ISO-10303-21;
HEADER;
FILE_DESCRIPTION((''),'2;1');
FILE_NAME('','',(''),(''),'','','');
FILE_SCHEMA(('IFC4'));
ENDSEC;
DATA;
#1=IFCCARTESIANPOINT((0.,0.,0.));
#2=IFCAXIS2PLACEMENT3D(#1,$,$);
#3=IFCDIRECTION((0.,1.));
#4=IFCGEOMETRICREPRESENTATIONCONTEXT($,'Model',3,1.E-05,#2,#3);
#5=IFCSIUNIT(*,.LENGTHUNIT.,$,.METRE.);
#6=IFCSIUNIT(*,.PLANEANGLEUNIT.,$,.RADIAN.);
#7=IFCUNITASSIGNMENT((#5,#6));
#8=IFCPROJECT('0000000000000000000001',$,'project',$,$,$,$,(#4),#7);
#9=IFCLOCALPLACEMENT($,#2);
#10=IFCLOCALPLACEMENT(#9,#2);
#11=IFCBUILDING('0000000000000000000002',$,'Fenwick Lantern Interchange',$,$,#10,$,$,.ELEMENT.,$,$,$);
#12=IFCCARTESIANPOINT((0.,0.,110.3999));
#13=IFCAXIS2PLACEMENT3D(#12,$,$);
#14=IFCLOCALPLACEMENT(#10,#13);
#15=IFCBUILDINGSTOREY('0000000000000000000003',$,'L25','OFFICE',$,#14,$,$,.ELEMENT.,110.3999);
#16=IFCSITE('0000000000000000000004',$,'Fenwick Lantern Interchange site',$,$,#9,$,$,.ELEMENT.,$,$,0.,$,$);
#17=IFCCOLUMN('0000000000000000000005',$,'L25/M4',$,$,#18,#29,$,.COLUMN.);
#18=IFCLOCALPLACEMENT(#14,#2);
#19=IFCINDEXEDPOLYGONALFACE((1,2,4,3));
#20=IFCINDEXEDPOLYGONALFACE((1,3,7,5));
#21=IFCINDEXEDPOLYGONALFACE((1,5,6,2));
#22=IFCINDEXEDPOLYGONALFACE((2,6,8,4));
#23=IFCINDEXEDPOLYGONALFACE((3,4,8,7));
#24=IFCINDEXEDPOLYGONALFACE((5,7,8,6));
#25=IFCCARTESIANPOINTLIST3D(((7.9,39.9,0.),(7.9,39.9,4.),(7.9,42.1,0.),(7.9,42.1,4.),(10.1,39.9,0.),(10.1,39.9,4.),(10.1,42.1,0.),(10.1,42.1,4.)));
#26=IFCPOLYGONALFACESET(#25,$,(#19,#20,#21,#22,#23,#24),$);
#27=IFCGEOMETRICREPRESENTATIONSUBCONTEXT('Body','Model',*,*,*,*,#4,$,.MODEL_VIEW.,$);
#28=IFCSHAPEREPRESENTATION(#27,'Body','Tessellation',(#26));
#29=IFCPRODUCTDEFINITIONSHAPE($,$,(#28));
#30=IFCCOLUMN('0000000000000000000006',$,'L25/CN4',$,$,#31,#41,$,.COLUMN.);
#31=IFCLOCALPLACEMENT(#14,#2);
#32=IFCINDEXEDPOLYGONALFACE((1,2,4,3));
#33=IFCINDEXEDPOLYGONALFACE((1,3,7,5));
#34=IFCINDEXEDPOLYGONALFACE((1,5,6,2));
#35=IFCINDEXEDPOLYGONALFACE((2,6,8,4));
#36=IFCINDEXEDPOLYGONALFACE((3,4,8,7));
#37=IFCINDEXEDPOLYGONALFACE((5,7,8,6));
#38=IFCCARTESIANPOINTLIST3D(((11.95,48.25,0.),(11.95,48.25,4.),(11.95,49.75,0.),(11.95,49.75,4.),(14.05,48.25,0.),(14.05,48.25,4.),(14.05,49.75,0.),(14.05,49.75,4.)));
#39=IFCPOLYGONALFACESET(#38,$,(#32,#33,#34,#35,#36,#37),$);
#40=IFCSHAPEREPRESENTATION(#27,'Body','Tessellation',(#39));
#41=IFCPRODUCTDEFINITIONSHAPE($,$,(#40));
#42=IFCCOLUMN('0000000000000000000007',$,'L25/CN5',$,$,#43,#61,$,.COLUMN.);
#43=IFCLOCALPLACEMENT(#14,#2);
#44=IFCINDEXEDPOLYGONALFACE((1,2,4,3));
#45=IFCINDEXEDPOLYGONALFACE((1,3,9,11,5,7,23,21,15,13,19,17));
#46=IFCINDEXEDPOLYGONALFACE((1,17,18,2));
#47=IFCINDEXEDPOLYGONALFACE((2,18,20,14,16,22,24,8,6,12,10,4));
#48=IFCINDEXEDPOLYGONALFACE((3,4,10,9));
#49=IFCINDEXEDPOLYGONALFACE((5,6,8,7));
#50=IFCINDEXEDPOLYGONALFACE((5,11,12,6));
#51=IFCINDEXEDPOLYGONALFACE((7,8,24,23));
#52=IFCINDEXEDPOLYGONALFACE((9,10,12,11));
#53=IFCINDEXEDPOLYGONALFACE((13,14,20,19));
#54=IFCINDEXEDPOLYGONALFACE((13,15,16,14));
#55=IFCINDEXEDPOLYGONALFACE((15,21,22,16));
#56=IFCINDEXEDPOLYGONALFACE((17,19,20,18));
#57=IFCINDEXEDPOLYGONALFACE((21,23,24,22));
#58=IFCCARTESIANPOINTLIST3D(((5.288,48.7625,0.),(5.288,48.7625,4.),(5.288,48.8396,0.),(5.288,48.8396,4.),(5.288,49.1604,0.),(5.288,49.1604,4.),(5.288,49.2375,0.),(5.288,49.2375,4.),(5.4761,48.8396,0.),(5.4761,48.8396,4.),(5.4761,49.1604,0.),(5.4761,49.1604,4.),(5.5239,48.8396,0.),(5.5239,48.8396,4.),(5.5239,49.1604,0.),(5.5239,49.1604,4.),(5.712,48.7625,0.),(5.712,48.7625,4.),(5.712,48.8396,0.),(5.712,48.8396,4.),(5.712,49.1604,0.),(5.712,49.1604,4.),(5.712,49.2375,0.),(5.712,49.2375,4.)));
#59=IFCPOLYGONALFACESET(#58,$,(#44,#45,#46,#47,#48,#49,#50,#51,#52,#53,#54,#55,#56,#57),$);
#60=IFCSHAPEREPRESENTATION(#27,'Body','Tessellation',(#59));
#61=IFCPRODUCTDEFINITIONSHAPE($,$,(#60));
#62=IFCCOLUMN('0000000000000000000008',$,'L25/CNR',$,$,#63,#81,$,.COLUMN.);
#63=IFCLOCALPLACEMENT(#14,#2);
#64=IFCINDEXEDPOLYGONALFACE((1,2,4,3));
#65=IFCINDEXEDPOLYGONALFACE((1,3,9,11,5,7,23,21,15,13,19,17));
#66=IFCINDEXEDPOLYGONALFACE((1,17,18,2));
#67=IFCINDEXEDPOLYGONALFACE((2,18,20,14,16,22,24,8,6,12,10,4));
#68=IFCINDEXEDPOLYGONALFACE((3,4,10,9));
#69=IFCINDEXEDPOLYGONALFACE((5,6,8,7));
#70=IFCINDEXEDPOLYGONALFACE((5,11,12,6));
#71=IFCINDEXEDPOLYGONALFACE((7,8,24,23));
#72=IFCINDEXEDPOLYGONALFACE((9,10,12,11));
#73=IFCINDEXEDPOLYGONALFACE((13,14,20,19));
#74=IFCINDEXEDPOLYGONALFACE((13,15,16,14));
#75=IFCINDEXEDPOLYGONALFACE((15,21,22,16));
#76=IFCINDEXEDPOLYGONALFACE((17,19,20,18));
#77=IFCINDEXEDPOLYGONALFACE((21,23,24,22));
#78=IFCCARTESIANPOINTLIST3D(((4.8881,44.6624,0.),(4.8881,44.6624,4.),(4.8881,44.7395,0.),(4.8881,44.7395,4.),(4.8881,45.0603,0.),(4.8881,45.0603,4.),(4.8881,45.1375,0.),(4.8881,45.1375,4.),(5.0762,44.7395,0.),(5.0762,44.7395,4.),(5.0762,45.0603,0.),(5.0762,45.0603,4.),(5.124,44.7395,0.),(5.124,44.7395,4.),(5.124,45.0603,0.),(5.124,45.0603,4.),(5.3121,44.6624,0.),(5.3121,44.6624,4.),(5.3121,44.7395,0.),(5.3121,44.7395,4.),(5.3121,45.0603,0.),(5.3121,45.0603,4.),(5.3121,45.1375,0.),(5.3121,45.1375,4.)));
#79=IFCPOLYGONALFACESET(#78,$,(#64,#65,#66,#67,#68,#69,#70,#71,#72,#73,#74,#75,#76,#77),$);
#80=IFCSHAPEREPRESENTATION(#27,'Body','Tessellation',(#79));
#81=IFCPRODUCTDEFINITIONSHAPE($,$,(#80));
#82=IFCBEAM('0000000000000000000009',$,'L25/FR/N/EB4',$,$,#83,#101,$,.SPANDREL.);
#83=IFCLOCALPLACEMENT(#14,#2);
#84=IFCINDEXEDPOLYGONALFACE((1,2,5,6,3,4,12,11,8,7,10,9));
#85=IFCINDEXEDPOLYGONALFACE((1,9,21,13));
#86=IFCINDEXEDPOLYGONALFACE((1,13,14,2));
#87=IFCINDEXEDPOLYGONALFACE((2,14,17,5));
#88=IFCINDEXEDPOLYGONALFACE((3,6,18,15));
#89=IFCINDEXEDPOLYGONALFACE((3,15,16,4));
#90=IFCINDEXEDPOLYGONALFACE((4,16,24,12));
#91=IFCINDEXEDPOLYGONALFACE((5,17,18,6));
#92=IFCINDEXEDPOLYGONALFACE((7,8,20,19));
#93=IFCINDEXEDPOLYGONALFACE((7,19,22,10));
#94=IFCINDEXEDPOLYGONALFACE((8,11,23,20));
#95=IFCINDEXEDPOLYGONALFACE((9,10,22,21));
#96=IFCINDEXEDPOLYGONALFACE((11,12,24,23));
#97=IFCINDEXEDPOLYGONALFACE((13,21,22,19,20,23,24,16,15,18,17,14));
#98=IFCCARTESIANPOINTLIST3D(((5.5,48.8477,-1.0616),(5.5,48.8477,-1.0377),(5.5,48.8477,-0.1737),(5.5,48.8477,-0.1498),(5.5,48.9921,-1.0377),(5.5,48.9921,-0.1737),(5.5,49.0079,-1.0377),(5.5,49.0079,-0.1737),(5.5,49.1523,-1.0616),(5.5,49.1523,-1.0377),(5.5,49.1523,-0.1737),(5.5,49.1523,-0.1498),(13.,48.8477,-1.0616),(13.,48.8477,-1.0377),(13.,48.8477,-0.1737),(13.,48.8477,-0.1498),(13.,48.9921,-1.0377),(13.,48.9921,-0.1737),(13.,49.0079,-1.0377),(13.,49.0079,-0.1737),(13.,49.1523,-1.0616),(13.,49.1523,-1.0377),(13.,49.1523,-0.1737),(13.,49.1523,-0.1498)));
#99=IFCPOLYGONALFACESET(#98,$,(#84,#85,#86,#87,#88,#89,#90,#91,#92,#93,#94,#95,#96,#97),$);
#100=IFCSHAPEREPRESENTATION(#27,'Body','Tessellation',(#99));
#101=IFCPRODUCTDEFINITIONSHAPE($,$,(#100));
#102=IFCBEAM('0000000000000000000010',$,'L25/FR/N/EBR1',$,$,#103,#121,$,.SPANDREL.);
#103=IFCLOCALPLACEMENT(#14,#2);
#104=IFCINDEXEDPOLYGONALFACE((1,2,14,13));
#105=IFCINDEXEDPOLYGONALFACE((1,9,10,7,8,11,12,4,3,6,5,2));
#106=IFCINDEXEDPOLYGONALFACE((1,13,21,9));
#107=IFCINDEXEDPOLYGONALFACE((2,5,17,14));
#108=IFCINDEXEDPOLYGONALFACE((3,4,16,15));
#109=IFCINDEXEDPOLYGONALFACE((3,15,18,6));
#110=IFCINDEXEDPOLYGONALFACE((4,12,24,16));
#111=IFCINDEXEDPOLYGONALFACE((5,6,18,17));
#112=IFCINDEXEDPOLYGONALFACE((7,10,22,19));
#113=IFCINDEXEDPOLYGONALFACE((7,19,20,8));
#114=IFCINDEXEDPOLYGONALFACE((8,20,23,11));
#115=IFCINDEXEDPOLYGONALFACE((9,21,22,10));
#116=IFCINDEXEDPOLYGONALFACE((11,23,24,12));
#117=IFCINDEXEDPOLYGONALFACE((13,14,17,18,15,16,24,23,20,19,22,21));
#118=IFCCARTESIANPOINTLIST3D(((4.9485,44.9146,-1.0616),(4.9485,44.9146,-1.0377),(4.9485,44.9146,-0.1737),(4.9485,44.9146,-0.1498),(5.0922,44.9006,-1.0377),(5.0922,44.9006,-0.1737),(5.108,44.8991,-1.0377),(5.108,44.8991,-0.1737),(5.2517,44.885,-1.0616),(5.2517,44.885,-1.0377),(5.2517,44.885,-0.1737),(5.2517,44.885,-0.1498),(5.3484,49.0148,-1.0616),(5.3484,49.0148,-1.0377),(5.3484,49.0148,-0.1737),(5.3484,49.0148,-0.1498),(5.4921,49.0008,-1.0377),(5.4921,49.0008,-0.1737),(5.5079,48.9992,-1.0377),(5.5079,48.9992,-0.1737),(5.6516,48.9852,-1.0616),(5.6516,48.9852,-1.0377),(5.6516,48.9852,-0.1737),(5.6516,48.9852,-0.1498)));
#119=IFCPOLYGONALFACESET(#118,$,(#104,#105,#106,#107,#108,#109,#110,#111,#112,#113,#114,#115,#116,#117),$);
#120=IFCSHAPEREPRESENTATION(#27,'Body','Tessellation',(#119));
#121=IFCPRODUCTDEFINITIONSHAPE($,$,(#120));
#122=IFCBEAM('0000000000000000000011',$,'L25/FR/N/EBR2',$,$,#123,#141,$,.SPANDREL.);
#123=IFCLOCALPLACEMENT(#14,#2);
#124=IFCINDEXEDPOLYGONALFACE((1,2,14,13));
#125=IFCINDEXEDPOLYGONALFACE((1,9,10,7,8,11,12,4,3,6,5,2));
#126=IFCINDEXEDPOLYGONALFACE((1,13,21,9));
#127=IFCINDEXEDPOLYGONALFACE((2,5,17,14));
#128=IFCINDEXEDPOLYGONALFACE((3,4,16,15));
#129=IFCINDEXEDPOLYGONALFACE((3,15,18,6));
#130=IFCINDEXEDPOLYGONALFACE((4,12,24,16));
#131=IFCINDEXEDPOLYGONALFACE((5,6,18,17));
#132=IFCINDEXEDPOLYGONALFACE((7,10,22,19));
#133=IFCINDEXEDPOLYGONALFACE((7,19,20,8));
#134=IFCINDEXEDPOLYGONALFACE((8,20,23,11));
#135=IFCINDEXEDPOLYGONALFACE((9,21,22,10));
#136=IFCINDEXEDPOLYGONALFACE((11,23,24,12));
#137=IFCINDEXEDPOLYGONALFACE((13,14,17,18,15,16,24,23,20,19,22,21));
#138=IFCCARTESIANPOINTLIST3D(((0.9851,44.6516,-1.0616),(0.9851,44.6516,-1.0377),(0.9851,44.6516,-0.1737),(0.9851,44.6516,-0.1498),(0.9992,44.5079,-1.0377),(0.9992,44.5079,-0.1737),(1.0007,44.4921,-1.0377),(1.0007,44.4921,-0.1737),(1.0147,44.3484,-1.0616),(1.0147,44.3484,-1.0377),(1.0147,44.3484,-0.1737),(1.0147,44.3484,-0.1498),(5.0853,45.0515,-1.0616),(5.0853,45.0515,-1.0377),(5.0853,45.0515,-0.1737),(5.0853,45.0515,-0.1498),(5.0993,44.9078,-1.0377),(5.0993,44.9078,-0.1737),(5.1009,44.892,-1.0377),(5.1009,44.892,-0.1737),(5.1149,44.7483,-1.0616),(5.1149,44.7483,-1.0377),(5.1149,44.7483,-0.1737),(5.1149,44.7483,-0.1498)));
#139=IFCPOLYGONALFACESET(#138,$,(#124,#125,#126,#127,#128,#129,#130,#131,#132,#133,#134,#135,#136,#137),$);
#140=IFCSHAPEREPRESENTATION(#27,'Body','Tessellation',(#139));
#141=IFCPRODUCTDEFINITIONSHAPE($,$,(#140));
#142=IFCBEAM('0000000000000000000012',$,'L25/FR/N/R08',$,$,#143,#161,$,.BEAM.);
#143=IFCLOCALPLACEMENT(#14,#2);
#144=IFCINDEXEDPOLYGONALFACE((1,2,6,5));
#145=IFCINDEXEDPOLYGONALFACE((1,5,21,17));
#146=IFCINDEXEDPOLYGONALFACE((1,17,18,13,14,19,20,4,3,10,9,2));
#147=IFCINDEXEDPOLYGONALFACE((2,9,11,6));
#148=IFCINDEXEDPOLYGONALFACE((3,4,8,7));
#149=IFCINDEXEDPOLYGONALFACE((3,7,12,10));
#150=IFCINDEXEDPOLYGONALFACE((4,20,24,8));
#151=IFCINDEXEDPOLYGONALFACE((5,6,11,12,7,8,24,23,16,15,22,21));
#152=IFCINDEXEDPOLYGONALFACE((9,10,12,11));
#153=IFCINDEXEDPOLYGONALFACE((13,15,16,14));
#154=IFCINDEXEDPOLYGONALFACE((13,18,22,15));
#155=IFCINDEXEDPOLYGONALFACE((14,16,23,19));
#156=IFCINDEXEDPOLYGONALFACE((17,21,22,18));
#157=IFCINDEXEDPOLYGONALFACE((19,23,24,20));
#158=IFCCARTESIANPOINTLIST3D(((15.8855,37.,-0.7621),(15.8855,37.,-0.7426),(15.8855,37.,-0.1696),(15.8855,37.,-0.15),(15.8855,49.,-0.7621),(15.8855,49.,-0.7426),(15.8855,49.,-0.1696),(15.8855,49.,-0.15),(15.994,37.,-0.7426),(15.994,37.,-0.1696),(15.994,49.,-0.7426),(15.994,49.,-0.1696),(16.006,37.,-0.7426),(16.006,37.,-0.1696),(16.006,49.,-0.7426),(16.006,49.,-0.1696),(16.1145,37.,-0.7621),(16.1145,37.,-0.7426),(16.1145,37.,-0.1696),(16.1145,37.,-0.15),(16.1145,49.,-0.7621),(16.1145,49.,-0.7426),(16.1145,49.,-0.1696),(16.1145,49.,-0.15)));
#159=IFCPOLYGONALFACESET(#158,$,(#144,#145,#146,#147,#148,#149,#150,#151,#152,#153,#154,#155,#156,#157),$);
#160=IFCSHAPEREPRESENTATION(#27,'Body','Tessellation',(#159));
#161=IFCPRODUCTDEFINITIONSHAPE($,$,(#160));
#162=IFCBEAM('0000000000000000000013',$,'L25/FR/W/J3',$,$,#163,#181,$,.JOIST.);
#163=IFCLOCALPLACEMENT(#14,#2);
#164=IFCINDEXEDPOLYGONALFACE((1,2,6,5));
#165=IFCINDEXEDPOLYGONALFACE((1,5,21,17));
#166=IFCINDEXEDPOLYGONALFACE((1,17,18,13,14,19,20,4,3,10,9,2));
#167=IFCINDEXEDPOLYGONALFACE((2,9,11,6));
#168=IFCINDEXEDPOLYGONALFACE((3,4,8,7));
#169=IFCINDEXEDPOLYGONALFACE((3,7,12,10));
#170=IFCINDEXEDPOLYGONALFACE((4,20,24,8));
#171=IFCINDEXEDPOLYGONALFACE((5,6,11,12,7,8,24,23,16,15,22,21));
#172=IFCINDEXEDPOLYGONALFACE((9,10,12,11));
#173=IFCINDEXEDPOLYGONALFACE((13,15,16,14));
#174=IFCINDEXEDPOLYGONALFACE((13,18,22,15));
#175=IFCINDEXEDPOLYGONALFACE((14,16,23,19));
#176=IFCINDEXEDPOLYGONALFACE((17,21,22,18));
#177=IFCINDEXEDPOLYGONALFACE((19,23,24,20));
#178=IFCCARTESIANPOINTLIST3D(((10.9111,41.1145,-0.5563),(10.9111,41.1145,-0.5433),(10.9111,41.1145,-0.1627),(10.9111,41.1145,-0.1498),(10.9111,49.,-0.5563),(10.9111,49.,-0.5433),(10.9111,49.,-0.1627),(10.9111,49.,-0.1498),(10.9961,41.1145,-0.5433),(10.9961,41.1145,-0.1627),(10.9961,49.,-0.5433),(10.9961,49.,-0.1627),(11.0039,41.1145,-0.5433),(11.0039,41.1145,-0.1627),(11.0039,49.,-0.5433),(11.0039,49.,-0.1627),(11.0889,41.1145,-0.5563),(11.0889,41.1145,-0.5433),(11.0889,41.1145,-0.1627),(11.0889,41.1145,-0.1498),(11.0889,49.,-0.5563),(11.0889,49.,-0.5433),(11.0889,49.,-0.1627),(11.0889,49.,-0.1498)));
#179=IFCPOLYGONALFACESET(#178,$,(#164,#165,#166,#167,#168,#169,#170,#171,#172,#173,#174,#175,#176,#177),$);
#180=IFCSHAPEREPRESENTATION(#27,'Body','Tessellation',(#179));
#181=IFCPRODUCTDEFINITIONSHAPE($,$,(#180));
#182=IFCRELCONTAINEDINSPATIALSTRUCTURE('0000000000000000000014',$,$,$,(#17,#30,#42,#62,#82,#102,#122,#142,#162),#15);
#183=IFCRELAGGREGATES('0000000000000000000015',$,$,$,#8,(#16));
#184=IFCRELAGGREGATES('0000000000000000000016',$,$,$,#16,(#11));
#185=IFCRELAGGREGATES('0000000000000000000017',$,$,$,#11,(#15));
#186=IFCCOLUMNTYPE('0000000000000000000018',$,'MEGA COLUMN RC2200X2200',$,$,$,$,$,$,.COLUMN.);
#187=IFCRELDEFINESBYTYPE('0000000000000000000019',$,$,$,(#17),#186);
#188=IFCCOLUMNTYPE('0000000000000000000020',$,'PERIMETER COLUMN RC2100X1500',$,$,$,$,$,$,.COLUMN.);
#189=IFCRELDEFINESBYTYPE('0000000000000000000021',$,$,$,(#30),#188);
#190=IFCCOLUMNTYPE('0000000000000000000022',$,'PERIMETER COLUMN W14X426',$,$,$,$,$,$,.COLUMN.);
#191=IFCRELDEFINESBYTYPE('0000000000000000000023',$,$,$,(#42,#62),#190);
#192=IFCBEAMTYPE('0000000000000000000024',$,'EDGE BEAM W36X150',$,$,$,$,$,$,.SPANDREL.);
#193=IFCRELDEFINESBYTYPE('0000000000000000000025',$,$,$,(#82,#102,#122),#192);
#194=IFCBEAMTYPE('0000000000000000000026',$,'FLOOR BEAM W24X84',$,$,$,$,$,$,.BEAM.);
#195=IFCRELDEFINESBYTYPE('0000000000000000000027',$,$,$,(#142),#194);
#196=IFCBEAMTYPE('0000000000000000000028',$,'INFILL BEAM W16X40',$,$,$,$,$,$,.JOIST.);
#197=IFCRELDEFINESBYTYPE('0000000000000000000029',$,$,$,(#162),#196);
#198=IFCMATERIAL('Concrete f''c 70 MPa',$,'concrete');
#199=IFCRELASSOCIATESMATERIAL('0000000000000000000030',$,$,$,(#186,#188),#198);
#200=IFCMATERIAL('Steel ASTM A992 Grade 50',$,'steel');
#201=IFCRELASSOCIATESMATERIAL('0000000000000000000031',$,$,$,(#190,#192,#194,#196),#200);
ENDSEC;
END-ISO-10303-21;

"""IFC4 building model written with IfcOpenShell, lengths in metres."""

from ifc_helpers import new_model, si_unit, direction, frame, origin, origin_2d, place, context, subcontext, project, spatial, rectangle, i_section, extrude, material, material_profile, profile_set, type_object, element, save


model = new_model("IFC4")

# Units and contexts
model_context = context("Model", 3, precision=1e-05, world=origin(), true_north=direction((0.0, 1.0)))
body_context = subcontext(model_context, "Body", "Model", "MODEL_VIEW")
ifc_project = project(units=[si_unit("LENGTHUNIT", "METRE"), si_unit("PLANEANGLEUNIT", "RADIAN")], contexts=[model_context])

# Site, building, storey
site_placement = place(None, origin())
site = spatial("IfcSite", under=ifc_project, at=site_placement, Name="Fenwick Lantern Interchange site", CompositionType="ELEMENT", RefElevation=0.0)
building_placement = place(site_placement, origin())
building = spatial("IfcBuilding", under=site, at=building_placement, Name="Fenwick Lantern Interchange", CompositionType="ELEMENT")
storey_placement = place(building_placement, frame((0.0, 0.0, 110.3999)))
storey = spatial("IfcBuildingStorey", under=building, at=storey_placement, Name="L25", Description="OFFICE", CompositionType="ELEMENT", Elevation=110.3999)

# Columns
ifc_material_1 = material(Name="Concrete f'c 70 MPa", Category="concrete")
ifc_material_profile_1 = material_profile(ifc_material_1, rectangle(XDim=2.2, YDim=2.2, at=origin_2d()), Name="RC2200X2200")
ifc_profile_set_1 = profile_set([ifc_material_profile_1], Name="Concrete f'c 70 MPa")
column_type_1 = type_object("IfcColumnType", Name="MEGA COLUMN RC2200X2200", PredefinedType="COLUMN", material=ifc_profile_set_1)
column_1_placement = place(storey_placement, frame((9.0, 41.0, 0.0), z_axis=(0.0, 0.0, 1.0), x_axis=(1.0, 0.0, 0.0)))
element("IfcColumn", 1, at=column_1_placement, inside=storey, type_object=column_type_1, Name="L25/M4", PredefinedType="COLUMN", context=body_context, shape_type="SweptSolid", body=[
    extrude(rectangle(XDim=2.2, YDim=2.2, at=origin_2d()), origin(), (0.0, 0.0, 1.0), 4.0),
])
ifc_material_profile_2 = material_profile(ifc_material_1, rectangle(XDim=2.1001, YDim=1.5, at=origin_2d()), Name="RC2100X1500")
ifc_profile_set_2 = profile_set([ifc_material_profile_2], Name="Concrete f'c 70 MPa")
column_type_2 = type_object("IfcColumnType", Name="PERIMETER COLUMN RC2100X1500", PredefinedType="COLUMN", material=ifc_profile_set_2)
column_2_placement = place(storey_placement, frame((13.0, 49.0, 0.0), z_axis=(0.0, 0.0, 1.0), x_axis=(1.0, 0.0, 0.0)))
element("IfcColumn", 2, at=column_2_placement, inside=storey, type_object=column_type_2, Name="L25/CN4", PredefinedType="COLUMN", context=body_context, shape_type="SweptSolid", body=[
    extrude(rectangle(XDim=2.1001, YDim=1.5, at=origin_2d()), origin(), (0.0, 0.0, 1.0), 4.0),
])
ifc_material_2 = material(Name="Steel ASTM A992 Grade 50", Category="steel")
ifc_material_profile_3 = material_profile(ifc_material_2, i_section(OverallWidth=0.4241, OverallDepth=0.4751, WebThickness=0.0479, FlangeThickness=0.0771, at=origin_2d()), Name="W14X426")
ifc_profile_set_3 = profile_set([ifc_material_profile_3], Name="Steel ASTM A992 Grade 50")
column_type_3 = type_object("IfcColumnType", Name="PERIMETER COLUMN W14X426", PredefinedType="COLUMN", material=ifc_profile_set_3)
for number, where, z_axis, x_axis, name in (
    (3, (5.5, 49.0, 0.0), (0.0, 0.0, 1.0), (1.0, 0.0, 0.0), "L25/CN5"),
    (4, (5.1001, 44.8999, 0.0), (0.0, 0.0, 1.0), (1.0, 0.0, 0.0), "L25/CNR"),
):
    element("IfcColumn", number, at=place(storey_placement, frame(where, z_axis=z_axis, x_axis=x_axis)), inside=storey, type_object=column_type_3, Name=name, PredefinedType="COLUMN", context=body_context, shape_type="SweptSolid", body=[
        extrude(i_section(OverallWidth=0.4241, OverallDepth=0.4751, WebThickness=0.0479, FlangeThickness=0.0771, at=origin_2d()), origin(), (0.0, 0.0, 1.0), 4.0),
    ])

# Beams
ifc_material_profile_4 = material_profile(ifc_material_2, i_section(OverallWidth=0.3047, OverallDepth=0.9119, WebThickness=0.0159, FlangeThickness=0.0239, at=origin_2d()), Name="W36X150")
ifc_profile_set_4 = profile_set([ifc_material_profile_4], Name="Steel ASTM A992 Grade 50")
beam_type_1 = type_object("IfcBeamType", Name="EDGE BEAM W36X150", PredefinedType="SPANDREL", material=ifc_profile_set_4)
beam_1_placement = place(storey_placement, frame((13.0, 49.0, -0.6057), z_axis=(-1.0, 0.0, 0.0), x_axis=(0.0, -1.0, 0.0)))
element("IfcBeam", 5, at=beam_1_placement, inside=storey, type_object=beam_type_1, Name="L25/FR/N/EB4", PredefinedType="SPANDREL", context=body_context, shape_type="SweptSolid", body=[
    extrude(i_section(OverallWidth=0.3047, OverallDepth=0.9119, WebThickness=0.0159, FlangeThickness=0.0239, at=origin_2d()), origin(), (0.0, 0.0, 1.0), 7.5),
])
for number, where, z_axis, x_axis, name in (
    (6, (5.5, 49.0, -0.6057), (-0.097074, -0.995277, 0.0), (0.995277, -0.097074, 0.0), "L25/FR/N/EBR1"),
    (7, (5.1001, 44.8999, -0.6057), (-0.995277, -0.097074, 0.0), (0.097074, -0.995277, 0.0), "L25/FR/N/EBR2"),
):
    element("IfcBeam", number, at=place(storey_placement, frame(where, z_axis=z_axis, x_axis=x_axis)), inside=storey, type_object=beam_type_1, Name=name, PredefinedType="SPANDREL", context=body_context, shape_type="SweptSolid", body=[
        extrude(i_section(OverallWidth=0.3047, OverallDepth=0.9119, WebThickness=0.0159, FlangeThickness=0.0239, at=origin_2d()), origin(), (0.0, 0.0, 1.0), 4.1196),
    ])
ifc_material_profile_5 = material_profile(ifc_material_2, i_section(OverallWidth=0.229, OverallDepth=0.6121, WebThickness=0.012, FlangeThickness=0.0195, at=origin_2d()), Name="W24X84")
ifc_profile_set_5 = profile_set([ifc_material_profile_5], Name="Steel ASTM A992 Grade 50")
beam_type_2 = type_object("IfcBeamType", Name="FLOOR BEAM W24X84", PredefinedType="BEAM", material=ifc_profile_set_5)
beam_2_placement = place(storey_placement, frame((16.0, 49.0, -0.4561), z_axis=(0.0, -1.0, 0.0), x_axis=(1.0, 0.0, 0.0)))
element("IfcBeam", 8, at=beam_2_placement, inside=storey, type_object=beam_type_2, Name="L25/FR/N/R08", PredefinedType="BEAM", context=body_context, shape_type="SweptSolid", body=[
    extrude(i_section(OverallWidth=0.229, OverallDepth=0.6121, WebThickness=0.012, FlangeThickness=0.0195, at=origin_2d()), origin(), (0.0, 0.0, 1.0), 12.0),
])
ifc_material_profile_6 = material_profile(ifc_material_2, i_section(OverallWidth=0.1777, OverallDepth=0.4065, WebThickness=0.0078, FlangeThickness=0.0129, at=origin_2d()), Name="W16X40")
ifc_profile_set_6 = profile_set([ifc_material_profile_6], Name="Steel ASTM A992 Grade 50")
beam_type_3 = type_object("IfcBeamType", Name="INFILL BEAM W16X40", PredefinedType="JOIST", material=ifc_profile_set_6)
beam_3_placement = place(storey_placement, frame((11.0, 49.0, -0.353), z_axis=(0.0, -1.0, 0.0), x_axis=(1.0, 0.0, 0.0)))
element("IfcBeam", 9, at=beam_3_placement, inside=storey, type_object=beam_type_3, Name="L25/FR/W/J3", PredefinedType="JOIST", context=body_context, shape_type="SweptSolid", body=[
    extrude(i_section(OverallWidth=0.1777, OverallDepth=0.4065, WebThickness=0.0078, FlangeThickness=0.0129, at=origin_2d()), origin(), (0.0, 0.0, 1.0), 7.8855),
])

save(model, "model.ifc")
